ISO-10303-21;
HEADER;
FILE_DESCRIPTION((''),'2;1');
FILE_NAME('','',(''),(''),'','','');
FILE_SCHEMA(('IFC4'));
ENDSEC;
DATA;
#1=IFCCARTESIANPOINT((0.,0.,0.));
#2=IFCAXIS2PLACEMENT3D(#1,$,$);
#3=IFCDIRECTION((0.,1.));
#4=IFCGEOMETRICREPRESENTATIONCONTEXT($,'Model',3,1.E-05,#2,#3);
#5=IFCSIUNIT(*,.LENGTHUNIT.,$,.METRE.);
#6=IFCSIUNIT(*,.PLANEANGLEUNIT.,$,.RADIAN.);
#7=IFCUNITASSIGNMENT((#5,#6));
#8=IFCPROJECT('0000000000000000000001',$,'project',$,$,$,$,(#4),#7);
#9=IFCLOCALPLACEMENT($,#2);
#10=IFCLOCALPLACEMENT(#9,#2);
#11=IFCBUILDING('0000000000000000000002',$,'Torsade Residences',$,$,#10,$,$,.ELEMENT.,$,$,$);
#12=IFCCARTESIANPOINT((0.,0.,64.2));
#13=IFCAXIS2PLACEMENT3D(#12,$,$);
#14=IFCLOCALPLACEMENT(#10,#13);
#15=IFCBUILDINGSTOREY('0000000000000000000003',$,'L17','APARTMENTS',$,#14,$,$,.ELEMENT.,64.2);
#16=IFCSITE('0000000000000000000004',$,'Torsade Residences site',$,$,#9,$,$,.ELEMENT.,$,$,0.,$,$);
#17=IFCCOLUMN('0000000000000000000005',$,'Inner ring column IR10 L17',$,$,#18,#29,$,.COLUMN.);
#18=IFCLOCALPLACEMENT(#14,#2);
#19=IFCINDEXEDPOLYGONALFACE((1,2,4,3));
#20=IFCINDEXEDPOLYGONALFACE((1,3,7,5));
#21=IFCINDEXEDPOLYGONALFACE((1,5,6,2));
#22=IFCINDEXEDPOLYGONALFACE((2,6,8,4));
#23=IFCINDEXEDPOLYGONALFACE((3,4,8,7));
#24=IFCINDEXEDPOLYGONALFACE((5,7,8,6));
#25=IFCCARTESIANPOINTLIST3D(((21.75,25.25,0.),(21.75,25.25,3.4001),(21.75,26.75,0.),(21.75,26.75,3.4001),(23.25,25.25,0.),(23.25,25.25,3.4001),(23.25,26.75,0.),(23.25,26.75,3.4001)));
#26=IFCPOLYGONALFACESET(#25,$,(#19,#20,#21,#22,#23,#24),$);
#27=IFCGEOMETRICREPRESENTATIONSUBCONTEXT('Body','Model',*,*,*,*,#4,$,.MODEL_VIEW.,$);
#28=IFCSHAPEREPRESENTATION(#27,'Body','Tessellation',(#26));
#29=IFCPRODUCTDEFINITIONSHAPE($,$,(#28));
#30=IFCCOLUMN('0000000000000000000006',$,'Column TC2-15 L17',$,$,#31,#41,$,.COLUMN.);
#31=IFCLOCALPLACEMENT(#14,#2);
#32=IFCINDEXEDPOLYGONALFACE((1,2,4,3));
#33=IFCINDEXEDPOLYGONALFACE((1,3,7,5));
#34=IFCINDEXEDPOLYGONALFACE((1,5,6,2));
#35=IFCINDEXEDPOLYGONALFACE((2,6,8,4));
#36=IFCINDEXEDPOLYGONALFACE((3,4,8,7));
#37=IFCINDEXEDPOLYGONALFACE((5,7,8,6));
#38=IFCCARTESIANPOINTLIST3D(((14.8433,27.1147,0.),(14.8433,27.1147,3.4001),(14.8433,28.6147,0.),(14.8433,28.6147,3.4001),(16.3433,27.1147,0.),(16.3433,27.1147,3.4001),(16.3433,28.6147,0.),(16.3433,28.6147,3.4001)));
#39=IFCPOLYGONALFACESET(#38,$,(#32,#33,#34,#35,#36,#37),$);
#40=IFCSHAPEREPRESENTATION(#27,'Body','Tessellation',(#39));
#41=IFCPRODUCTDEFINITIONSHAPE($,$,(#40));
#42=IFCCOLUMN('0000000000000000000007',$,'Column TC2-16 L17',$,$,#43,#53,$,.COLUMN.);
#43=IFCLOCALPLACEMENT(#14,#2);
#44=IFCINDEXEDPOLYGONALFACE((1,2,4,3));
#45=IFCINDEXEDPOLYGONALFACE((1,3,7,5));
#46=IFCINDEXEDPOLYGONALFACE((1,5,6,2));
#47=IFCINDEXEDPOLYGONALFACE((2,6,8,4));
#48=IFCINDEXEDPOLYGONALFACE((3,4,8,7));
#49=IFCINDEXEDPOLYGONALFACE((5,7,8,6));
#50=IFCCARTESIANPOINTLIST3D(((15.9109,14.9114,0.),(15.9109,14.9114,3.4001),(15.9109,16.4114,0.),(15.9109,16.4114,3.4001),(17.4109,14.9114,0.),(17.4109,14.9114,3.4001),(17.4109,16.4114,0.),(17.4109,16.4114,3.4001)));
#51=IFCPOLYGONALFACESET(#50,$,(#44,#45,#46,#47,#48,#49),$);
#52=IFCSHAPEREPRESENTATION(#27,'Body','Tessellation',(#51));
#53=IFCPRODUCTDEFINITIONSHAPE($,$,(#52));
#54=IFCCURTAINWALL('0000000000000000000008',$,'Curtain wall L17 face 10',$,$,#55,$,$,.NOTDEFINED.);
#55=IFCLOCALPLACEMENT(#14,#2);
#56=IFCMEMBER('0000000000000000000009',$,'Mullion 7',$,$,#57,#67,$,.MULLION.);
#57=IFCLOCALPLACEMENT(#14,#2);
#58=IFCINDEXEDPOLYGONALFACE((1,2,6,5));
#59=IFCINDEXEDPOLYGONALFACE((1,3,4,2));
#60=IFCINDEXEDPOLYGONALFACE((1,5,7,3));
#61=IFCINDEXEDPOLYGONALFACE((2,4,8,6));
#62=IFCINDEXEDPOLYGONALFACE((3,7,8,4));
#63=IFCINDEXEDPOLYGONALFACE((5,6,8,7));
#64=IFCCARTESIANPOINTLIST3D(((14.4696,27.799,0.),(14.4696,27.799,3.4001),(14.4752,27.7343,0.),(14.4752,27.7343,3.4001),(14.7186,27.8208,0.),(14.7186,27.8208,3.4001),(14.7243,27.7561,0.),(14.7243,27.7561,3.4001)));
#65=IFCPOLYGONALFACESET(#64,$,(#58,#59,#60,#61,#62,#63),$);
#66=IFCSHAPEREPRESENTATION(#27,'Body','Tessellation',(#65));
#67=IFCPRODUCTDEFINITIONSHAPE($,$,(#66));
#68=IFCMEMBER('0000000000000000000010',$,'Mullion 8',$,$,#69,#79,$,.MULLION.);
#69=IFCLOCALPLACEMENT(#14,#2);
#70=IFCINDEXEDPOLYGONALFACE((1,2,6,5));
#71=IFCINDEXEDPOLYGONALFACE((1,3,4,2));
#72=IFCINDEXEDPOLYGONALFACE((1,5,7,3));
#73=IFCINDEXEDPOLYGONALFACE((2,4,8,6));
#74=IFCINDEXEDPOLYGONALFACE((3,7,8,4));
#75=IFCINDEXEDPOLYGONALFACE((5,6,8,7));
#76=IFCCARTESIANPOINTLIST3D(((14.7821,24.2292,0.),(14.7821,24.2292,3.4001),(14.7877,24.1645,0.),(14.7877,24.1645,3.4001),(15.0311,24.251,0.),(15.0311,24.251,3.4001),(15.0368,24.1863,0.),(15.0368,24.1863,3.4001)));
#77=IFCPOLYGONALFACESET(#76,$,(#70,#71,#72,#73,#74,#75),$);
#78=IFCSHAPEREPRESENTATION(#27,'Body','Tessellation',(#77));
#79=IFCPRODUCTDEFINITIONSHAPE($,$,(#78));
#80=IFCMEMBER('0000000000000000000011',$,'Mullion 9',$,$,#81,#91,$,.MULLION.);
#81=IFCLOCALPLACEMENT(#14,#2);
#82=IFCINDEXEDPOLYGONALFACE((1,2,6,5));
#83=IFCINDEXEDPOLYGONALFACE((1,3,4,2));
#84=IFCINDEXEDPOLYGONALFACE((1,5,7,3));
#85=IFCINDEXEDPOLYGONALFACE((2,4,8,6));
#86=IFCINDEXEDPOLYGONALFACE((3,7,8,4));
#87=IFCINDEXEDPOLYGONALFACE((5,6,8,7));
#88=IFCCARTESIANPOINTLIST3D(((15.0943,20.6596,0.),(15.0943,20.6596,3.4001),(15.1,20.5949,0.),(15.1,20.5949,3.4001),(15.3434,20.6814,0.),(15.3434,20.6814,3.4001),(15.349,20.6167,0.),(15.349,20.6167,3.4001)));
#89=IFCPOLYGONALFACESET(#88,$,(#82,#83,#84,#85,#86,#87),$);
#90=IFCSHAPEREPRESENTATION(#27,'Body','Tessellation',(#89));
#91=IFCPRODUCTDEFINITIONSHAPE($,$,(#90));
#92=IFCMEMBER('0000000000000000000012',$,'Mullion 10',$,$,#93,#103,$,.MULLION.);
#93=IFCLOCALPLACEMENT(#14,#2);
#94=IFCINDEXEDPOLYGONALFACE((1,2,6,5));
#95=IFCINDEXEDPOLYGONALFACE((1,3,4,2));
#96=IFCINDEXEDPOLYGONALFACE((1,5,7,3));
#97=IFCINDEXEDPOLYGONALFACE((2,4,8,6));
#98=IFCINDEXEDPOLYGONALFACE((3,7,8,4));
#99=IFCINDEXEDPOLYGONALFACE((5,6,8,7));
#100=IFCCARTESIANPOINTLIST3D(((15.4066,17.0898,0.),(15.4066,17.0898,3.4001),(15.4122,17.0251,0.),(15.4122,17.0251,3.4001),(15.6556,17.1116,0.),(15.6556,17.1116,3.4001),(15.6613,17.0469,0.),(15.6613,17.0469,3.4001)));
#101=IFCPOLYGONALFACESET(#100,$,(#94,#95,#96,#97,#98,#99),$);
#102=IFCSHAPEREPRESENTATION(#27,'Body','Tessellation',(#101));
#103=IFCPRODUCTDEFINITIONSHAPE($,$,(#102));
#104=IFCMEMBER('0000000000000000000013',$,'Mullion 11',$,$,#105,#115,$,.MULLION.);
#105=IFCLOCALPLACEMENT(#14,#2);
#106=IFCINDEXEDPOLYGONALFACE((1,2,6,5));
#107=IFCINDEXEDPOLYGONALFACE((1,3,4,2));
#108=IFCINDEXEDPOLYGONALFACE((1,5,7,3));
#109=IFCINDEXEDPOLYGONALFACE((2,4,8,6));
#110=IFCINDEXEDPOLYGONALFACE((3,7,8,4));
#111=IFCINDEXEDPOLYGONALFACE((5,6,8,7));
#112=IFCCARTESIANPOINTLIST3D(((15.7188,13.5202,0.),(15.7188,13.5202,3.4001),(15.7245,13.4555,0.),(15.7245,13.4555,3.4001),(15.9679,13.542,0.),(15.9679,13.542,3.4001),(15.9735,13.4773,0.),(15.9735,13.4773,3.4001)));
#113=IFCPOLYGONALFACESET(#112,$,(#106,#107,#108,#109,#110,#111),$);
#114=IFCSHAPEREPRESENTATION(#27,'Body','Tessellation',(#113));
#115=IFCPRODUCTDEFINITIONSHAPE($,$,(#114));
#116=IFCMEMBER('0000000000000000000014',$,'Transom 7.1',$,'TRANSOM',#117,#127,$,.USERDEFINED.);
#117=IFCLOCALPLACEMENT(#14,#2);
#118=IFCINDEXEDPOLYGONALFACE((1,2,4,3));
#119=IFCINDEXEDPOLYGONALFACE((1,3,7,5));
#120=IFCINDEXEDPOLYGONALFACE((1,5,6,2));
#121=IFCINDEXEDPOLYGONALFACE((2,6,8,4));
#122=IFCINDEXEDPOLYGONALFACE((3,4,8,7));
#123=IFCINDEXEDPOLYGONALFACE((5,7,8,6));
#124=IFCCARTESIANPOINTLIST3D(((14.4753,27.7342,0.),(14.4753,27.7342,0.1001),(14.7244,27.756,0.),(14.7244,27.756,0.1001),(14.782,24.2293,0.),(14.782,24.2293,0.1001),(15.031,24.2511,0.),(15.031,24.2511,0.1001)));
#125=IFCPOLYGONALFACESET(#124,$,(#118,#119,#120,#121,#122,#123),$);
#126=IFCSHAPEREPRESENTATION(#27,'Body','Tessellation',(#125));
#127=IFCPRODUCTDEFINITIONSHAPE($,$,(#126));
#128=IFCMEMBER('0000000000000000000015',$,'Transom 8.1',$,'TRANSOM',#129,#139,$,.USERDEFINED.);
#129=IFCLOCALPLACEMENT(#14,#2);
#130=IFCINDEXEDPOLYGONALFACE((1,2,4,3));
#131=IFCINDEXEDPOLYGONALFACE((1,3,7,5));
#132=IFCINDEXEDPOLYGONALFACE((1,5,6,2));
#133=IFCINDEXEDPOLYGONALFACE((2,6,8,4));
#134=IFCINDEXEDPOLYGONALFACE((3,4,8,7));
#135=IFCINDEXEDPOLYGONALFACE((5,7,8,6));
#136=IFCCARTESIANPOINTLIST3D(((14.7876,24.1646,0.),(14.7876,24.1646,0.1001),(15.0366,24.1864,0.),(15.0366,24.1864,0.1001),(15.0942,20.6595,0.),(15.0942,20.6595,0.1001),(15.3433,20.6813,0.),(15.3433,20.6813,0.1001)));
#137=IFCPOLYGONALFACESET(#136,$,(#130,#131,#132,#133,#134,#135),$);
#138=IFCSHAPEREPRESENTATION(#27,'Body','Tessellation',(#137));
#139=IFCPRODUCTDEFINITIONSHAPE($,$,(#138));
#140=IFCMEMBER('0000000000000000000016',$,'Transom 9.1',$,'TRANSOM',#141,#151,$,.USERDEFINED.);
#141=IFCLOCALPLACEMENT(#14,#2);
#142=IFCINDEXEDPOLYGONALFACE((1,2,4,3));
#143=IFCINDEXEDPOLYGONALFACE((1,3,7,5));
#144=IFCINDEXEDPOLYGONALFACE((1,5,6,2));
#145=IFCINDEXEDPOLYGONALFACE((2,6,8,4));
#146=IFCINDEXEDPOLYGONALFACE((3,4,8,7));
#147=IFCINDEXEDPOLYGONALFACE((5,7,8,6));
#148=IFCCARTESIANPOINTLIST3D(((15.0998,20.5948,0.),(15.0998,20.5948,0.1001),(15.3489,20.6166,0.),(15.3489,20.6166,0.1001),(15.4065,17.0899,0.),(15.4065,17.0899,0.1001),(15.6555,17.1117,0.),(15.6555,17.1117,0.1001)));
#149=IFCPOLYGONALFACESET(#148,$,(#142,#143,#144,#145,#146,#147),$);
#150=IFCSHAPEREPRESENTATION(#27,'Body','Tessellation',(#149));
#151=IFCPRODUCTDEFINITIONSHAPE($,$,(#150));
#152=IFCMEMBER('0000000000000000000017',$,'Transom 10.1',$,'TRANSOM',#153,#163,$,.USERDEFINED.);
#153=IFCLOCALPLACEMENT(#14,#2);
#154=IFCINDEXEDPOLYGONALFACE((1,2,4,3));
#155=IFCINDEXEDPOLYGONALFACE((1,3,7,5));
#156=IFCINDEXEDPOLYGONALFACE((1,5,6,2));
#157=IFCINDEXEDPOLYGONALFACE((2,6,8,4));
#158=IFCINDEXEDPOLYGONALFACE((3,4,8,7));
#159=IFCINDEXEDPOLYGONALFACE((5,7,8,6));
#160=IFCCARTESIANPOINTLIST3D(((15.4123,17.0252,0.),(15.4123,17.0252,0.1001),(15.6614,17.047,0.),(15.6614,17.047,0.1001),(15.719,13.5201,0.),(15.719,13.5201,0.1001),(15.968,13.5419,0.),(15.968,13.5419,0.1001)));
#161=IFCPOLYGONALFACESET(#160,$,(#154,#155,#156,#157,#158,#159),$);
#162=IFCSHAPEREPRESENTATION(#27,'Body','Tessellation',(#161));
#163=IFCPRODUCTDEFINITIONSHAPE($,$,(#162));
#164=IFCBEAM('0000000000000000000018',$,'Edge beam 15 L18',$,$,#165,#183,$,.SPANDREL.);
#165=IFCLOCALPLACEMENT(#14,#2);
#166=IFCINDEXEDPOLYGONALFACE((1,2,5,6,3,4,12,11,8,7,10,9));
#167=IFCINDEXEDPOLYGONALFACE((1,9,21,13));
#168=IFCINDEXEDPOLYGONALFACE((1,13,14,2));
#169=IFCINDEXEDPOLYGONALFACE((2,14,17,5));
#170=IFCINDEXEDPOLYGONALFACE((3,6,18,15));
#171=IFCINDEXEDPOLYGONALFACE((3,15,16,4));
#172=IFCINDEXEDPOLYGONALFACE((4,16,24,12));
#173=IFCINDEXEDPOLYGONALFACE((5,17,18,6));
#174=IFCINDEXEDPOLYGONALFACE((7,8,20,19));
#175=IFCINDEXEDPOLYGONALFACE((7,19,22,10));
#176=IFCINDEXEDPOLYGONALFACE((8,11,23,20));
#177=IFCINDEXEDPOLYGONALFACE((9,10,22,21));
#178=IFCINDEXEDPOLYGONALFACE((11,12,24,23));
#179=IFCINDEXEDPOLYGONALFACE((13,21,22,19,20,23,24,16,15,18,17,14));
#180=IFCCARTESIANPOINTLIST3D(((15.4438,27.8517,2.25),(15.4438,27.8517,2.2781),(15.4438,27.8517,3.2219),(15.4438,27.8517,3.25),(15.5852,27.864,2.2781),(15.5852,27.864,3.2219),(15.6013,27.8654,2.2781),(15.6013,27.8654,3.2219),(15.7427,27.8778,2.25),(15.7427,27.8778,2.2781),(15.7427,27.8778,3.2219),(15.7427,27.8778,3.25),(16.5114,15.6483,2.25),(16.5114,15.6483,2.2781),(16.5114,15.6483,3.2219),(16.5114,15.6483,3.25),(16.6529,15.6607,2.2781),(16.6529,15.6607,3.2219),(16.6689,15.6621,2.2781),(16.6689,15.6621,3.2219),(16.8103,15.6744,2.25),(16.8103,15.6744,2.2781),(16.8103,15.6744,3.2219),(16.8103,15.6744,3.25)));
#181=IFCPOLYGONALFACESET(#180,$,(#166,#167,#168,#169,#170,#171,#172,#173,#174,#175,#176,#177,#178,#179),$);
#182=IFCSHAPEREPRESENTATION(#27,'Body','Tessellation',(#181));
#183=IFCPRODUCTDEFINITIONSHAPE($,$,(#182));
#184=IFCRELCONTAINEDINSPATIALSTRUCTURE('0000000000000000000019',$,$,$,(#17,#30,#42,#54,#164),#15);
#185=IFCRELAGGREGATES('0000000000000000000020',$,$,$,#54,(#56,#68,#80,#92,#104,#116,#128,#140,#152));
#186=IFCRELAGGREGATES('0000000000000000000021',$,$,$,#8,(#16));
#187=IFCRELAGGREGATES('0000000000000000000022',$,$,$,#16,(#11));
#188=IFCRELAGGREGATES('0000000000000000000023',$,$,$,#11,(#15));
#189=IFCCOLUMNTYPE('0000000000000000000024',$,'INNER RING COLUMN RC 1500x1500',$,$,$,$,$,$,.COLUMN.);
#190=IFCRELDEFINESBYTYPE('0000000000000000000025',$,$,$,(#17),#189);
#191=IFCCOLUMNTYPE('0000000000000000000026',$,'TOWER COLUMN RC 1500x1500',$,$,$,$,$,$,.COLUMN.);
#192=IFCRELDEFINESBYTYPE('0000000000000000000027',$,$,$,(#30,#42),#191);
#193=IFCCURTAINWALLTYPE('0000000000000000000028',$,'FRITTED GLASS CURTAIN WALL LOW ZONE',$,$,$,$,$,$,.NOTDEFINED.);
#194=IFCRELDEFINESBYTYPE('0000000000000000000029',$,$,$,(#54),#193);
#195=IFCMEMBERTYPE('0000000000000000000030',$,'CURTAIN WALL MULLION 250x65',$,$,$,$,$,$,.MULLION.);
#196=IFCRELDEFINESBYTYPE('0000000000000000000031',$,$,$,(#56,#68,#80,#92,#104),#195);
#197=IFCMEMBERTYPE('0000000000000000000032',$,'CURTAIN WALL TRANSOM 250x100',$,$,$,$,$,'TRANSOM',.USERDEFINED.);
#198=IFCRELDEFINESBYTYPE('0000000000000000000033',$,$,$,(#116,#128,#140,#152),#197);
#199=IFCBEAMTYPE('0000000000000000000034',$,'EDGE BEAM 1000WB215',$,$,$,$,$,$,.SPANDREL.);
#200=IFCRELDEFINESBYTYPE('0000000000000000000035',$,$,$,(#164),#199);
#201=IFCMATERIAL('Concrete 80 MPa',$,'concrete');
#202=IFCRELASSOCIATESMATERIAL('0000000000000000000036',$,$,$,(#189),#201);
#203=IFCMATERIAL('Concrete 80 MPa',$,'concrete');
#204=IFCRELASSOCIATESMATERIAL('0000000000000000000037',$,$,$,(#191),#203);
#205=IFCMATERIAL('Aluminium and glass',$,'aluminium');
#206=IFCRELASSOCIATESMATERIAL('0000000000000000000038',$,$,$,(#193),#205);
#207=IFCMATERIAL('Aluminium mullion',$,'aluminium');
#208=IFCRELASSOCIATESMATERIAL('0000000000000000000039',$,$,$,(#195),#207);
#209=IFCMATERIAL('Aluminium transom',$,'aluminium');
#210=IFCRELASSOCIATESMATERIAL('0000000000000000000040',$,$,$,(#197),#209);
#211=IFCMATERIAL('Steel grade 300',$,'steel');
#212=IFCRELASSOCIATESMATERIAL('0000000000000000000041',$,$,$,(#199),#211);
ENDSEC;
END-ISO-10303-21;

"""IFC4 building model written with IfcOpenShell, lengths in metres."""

from ifc_helpers import new_model, si_unit, direction, frame, origin, origin_2d, place, context, subcontext, project, spatial, rectangle, i_section, extrude, material, material_profile, profile_set, type_object, element, aggregate, save


model = new_model("IFC4")

# Units and contexts
model_context = context("Model", 3, precision=1e-05, world=origin(), true_north=direction((0.0, 1.0)))
body_context = subcontext(model_context, "Body", "Model", "MODEL_VIEW")
ifc_project = project(units=[si_unit("LENGTHUNIT", "METRE"), si_unit("PLANEANGLEUNIT", "RADIAN")], contexts=[model_context])

# Site, building, storey
site_placement = place(None, origin())
site = spatial("IfcSite", under=ifc_project, at=site_placement, Name="Torsade Residences site", CompositionType="ELEMENT", RefElevation=0.0)
building_placement = place(site_placement, origin())
building = spatial("IfcBuilding", under=site, at=building_placement, Name="Torsade Residences", CompositionType="ELEMENT")
storey_placement = place(building_placement, frame((0.0, 0.0, 64.2)))
storey = spatial("IfcBuildingStorey", under=building, at=storey_placement, Name="L17", Description="APARTMENTS", CompositionType="ELEMENT", Elevation=64.2)

# Columns
ifc_material_1 = material(Name="Concrete 80 MPa", Category="concrete")
ifc_material_profile_1 = material_profile(ifc_material_1, rectangle(XDim=1.5, YDim=1.5, at=origin_2d()), Name="RC 1500x1500")
ifc_profile_set_1 = profile_set([ifc_material_profile_1], Name="Concrete 80 MPa")
column_type_1 = type_object("IfcColumnType", Name="INNER RING COLUMN RC 1500x1500", PredefinedType="COLUMN", material=ifc_profile_set_1)
column_placement = place(storey_placement, frame((22.5, 26.0, 0.0), z_axis=(0.0, 0.0, 1.0), x_axis=(1.0, 0.0, 0.0)))
element("IfcColumn", 1, at=column_placement, inside=storey, type_object=column_type_1, Name="Inner ring column IR10 L17", PredefinedType="COLUMN", context=body_context, shape_type="SweptSolid", body=[
    extrude(rectangle(XDim=1.5, YDim=1.5, at=origin_2d()), origin(), (0.0, 0.0, 1.0), 3.4001),
])
ifc_material_2 = material(Name="Concrete 80 MPa", Category="concrete")
ifc_material_profile_2 = material_profile(ifc_material_2, rectangle(XDim=1.5, YDim=1.5, at=origin_2d()), Name="RC 1500x1500")
ifc_profile_set_2 = profile_set([ifc_material_profile_2], Name="Concrete 80 MPa")
column_type_2 = type_object("IfcColumnType", Name="TOWER COLUMN RC 1500x1500", PredefinedType="COLUMN", material=ifc_profile_set_2)
for number, where, z_axis, x_axis, name in (
    (2, (15.5933, 27.8647, 0.0), (0.0, 0.0, 1.0), (1.0, 0.0, 0.0), "Column TC2-15 L17"),
    (3, (16.6609, 15.6614, 0.0), (0.0, 0.0, 1.0), (1.0, 0.0, 0.0), "Column TC2-16 L17"),
):
    element("IfcColumn", number, at=place(storey_placement, frame(where, z_axis=z_axis, x_axis=x_axis)), inside=storey, type_object=column_type_2, Name=name, PredefinedType="COLUMN", context=body_context, shape_type="SweptSolid", body=[
        extrude(rectangle(XDim=1.5, YDim=1.5, at=origin_2d()), origin(), (0.0, 0.0, 1.0), 3.4001),
    ])

# Curtain wall, members
ifc_material_3 = material(Name="Aluminium and glass", Category="aluminium")
curtain_wall_type = type_object("IfcCurtainWallType", Name="FRITTED GLASS CURTAIN WALL LOW ZONE", PredefinedType="NOTDEFINED", material=ifc_material_3)
curtain_wall_placement = place(storey_placement, origin())
curtain_wall = element("IfcCurtainWall", 4, at=curtain_wall_placement, inside=storey, type_object=curtain_wall_type, Name="Curtain wall L17 face 10", PredefinedType="NOTDEFINED")
ifc_material_4 = material(Name="Aluminium mullion", Category="aluminium")
ifc_material_profile_3 = material_profile(ifc_material_4, rectangle(XDim=0.25, YDim=0.0649, at=origin_2d()), Name="CURTAIN WALL MULLION 250x65")
ifc_profile_set_3 = profile_set([ifc_material_profile_3], Name="Aluminium mullion")
member_type_1 = type_object("IfcMemberType", Name="CURTAIN WALL MULLION 250x65", PredefinedType="MULLION", material=ifc_profile_set_3)
member_1_placement = place(storey_placement, frame((14.5969, 27.7776, 0.0), z_axis=(0.0, 0.0, 1.0), x_axis=(0.996195, 0.087156, 0.0)))
member_1 = element("IfcMember", 5, at=member_1_placement, type_object=member_type_1, Name="Mullion 7", PredefinedType="MULLION", context=body_context, shape_type="SweptSolid", body=[
    extrude(rectangle(XDim=0.25, YDim=0.0649, at=origin_2d()), origin(), (0.0, 0.0, 1.0), 3.4001),
])
member_2_placement = place(storey_placement, frame((14.9094, 24.2078, 0.0), z_axis=(0.0, 0.0, 1.0), x_axis=(0.996195, 0.087156, 0.0)))
member_2 = element("IfcMember", 6, at=member_2_placement, type_object=member_type_1, Name="Mullion 8", PredefinedType="MULLION", context=body_context, shape_type="SweptSolid", body=[
    extrude(rectangle(XDim=0.25, YDim=0.0649, at=origin_2d()), origin(), (0.0, 0.0, 1.0), 3.4001),
])
member_3_placement = place(storey_placement, frame((15.2217, 20.6382, 0.0), z_axis=(0.0, 0.0, 1.0), x_axis=(0.996195, 0.087156, 0.0)))
member_3 = element("IfcMember", 7, at=member_3_placement, type_object=member_type_1, Name="Mullion 9", PredefinedType="MULLION", context=body_context, shape_type="SweptSolid", body=[
    extrude(rectangle(XDim=0.25, YDim=0.0649, at=origin_2d()), origin(), (0.0, 0.0, 1.0), 3.4001),
])
member_4_placement = place(storey_placement, frame((15.5339, 17.0684, 0.0), z_axis=(0.0, 0.0, 1.0), x_axis=(0.996195, 0.087156, 0.0)))
member_4 = element("IfcMember", 8, at=member_4_placement, type_object=member_type_1, Name="Mullion 10", PredefinedType="MULLION", context=body_context, shape_type="SweptSolid", body=[
    extrude(rectangle(XDim=0.25, YDim=0.0649, at=origin_2d()), origin(), (0.0, 0.0, 1.0), 3.4001),
])
member_5_placement = place(storey_placement, frame((15.8462, 13.4988, 0.0), z_axis=(0.0, 0.0, 1.0), x_axis=(0.996195, 0.087156, 0.0)))
member_5 = element("IfcMember", 9, at=member_5_placement, type_object=member_type_1, Name="Mullion 11", PredefinedType="MULLION", context=body_context, shape_type="SweptSolid", body=[
    extrude(rectangle(XDim=0.25, YDim=0.0649, at=origin_2d()), origin(), (0.0, 0.0, 1.0), 3.4001),
])
ifc_material_5 = material(Name="Aluminium transom", Category="aluminium")
ifc_material_profile_4 = material_profile(ifc_material_5, rectangle(XDim=0.25, YDim=0.1001, at=origin_2d()), Name="CURTAIN WALL TRANSOM 250x100")
ifc_profile_set_4 = profile_set([ifc_material_profile_4], Name="Aluminium transom")
member_type_2 = type_object("IfcMemberType", Name="CURTAIN WALL TRANSOM 250x100", ElementType="TRANSOM", PredefinedType="USERDEFINED", material=ifc_profile_set_4)
member_6_placement = place(storey_placement, frame((14.5999, 27.7451, 0.05), z_axis=(0.087157, -0.996195, 0.0), x_axis=(0.996195, 0.087157, 0.0)))
member_6 = element("IfcMember", 10, at=member_6_placement, type_object=member_type_2, Name="Transom 7.1", ObjectType="TRANSOM", PredefinedType="USERDEFINED", context=body_context, shape_type="SweptSolid", body=[
    extrude(rectangle(XDim=0.25, YDim=0.1001, at=origin_2d()), origin(), (0.0, 0.0, 1.0), 3.5183),
])
member_7_placement = place(storey_placement, frame((14.9121, 24.1755, 0.05), z_axis=(0.087151, -0.996195, 0.0), x_axis=(0.996195, 0.087151, 0.0)))
member_7 = element("IfcMember", 11, at=member_7_placement, type_object=member_type_2, Name="Transom 8.1", ObjectType="TRANSOM", PredefinedType="USERDEFINED", context=body_context, shape_type="SweptSolid", body=[
    extrude(rectangle(XDim=0.25, YDim=0.1001, at=origin_2d()), origin(), (0.0, 0.0, 1.0), 3.5186),
])
member_8_placement = place(storey_placement, frame((15.2244, 20.6057, 0.05), z_axis=(0.087157, -0.996195, 0.0), x_axis=(0.996195, 0.087157, 0.0)))
member_8 = element("IfcMember", 12, at=member_8_placement, type_object=member_type_2, Name="Transom 9.1", ObjectType="TRANSOM", PredefinedType="USERDEFINED", context=body_context, shape_type="SweptSolid", body=[
    extrude(rectangle(XDim=0.25, YDim=0.1001, at=origin_2d()), origin(), (0.0, 0.0, 1.0), 3.5183),
])
member_9_placement = place(storey_placement, frame((15.5369, 17.0361, 0.05), z_axis=(0.087151, -0.996195, 0.0), x_axis=(0.996195, 0.087151, 0.0)))
member_9 = element("IfcMember", 13, at=member_9_placement, type_object=member_type_2, Name="Transom 10.1", ObjectType="TRANSOM", PredefinedType="USERDEFINED", context=body_context, shape_type="SweptSolid", body=[
    extrude(rectangle(XDim=0.25, YDim=0.1001, at=origin_2d()), origin(), (0.0, 0.0, 1.0), 3.5186),
])

# Beam
ifc_material_6 = material(Name="Steel grade 300", Category="steel")
ifc_material_profile_5 = material_profile(ifc_material_6, i_section(OverallWidth=0.3, OverallDepth=1.0, WebThickness=0.0161, FlangeThickness=0.0281, at=origin_2d()), Name="1000WB215")
ifc_profile_set_5 = profile_set([ifc_material_profile_5], Name="Steel grade 300")
beam_type_1 = type_object("IfcBeamType", Name="EDGE BEAM 1000WB215", PredefinedType="SPANDREL", material=ifc_profile_set_5)
for number, where, z_axis, x_axis, name in (
    (14, (15.5933, 27.8647, 2.75), (0.087153, -0.996195, 0.0), (0.996195, 0.087153, 0.0), "Edge beam 15 L18"),
):
    element("IfcBeam", number, at=place(storey_placement, frame(where, z_axis=z_axis, x_axis=x_axis)), inside=storey, type_object=beam_type_1, Name=name, PredefinedType="SPANDREL", context=body_context, shape_type="SweptSolid", body=[
        extrude(i_section(OverallWidth=0.3, OverallDepth=1.0, WebThickness=0.0161, FlangeThickness=0.0281, at=origin_2d()), origin(), (0.0, 0.0, 1.0), 12.25),
    ])

aggregate(curtain_wall, [member_1, member_2, member_3, member_4, member_5, member_6, member_7, member_8, member_9])

save(model, "model.ifc")
